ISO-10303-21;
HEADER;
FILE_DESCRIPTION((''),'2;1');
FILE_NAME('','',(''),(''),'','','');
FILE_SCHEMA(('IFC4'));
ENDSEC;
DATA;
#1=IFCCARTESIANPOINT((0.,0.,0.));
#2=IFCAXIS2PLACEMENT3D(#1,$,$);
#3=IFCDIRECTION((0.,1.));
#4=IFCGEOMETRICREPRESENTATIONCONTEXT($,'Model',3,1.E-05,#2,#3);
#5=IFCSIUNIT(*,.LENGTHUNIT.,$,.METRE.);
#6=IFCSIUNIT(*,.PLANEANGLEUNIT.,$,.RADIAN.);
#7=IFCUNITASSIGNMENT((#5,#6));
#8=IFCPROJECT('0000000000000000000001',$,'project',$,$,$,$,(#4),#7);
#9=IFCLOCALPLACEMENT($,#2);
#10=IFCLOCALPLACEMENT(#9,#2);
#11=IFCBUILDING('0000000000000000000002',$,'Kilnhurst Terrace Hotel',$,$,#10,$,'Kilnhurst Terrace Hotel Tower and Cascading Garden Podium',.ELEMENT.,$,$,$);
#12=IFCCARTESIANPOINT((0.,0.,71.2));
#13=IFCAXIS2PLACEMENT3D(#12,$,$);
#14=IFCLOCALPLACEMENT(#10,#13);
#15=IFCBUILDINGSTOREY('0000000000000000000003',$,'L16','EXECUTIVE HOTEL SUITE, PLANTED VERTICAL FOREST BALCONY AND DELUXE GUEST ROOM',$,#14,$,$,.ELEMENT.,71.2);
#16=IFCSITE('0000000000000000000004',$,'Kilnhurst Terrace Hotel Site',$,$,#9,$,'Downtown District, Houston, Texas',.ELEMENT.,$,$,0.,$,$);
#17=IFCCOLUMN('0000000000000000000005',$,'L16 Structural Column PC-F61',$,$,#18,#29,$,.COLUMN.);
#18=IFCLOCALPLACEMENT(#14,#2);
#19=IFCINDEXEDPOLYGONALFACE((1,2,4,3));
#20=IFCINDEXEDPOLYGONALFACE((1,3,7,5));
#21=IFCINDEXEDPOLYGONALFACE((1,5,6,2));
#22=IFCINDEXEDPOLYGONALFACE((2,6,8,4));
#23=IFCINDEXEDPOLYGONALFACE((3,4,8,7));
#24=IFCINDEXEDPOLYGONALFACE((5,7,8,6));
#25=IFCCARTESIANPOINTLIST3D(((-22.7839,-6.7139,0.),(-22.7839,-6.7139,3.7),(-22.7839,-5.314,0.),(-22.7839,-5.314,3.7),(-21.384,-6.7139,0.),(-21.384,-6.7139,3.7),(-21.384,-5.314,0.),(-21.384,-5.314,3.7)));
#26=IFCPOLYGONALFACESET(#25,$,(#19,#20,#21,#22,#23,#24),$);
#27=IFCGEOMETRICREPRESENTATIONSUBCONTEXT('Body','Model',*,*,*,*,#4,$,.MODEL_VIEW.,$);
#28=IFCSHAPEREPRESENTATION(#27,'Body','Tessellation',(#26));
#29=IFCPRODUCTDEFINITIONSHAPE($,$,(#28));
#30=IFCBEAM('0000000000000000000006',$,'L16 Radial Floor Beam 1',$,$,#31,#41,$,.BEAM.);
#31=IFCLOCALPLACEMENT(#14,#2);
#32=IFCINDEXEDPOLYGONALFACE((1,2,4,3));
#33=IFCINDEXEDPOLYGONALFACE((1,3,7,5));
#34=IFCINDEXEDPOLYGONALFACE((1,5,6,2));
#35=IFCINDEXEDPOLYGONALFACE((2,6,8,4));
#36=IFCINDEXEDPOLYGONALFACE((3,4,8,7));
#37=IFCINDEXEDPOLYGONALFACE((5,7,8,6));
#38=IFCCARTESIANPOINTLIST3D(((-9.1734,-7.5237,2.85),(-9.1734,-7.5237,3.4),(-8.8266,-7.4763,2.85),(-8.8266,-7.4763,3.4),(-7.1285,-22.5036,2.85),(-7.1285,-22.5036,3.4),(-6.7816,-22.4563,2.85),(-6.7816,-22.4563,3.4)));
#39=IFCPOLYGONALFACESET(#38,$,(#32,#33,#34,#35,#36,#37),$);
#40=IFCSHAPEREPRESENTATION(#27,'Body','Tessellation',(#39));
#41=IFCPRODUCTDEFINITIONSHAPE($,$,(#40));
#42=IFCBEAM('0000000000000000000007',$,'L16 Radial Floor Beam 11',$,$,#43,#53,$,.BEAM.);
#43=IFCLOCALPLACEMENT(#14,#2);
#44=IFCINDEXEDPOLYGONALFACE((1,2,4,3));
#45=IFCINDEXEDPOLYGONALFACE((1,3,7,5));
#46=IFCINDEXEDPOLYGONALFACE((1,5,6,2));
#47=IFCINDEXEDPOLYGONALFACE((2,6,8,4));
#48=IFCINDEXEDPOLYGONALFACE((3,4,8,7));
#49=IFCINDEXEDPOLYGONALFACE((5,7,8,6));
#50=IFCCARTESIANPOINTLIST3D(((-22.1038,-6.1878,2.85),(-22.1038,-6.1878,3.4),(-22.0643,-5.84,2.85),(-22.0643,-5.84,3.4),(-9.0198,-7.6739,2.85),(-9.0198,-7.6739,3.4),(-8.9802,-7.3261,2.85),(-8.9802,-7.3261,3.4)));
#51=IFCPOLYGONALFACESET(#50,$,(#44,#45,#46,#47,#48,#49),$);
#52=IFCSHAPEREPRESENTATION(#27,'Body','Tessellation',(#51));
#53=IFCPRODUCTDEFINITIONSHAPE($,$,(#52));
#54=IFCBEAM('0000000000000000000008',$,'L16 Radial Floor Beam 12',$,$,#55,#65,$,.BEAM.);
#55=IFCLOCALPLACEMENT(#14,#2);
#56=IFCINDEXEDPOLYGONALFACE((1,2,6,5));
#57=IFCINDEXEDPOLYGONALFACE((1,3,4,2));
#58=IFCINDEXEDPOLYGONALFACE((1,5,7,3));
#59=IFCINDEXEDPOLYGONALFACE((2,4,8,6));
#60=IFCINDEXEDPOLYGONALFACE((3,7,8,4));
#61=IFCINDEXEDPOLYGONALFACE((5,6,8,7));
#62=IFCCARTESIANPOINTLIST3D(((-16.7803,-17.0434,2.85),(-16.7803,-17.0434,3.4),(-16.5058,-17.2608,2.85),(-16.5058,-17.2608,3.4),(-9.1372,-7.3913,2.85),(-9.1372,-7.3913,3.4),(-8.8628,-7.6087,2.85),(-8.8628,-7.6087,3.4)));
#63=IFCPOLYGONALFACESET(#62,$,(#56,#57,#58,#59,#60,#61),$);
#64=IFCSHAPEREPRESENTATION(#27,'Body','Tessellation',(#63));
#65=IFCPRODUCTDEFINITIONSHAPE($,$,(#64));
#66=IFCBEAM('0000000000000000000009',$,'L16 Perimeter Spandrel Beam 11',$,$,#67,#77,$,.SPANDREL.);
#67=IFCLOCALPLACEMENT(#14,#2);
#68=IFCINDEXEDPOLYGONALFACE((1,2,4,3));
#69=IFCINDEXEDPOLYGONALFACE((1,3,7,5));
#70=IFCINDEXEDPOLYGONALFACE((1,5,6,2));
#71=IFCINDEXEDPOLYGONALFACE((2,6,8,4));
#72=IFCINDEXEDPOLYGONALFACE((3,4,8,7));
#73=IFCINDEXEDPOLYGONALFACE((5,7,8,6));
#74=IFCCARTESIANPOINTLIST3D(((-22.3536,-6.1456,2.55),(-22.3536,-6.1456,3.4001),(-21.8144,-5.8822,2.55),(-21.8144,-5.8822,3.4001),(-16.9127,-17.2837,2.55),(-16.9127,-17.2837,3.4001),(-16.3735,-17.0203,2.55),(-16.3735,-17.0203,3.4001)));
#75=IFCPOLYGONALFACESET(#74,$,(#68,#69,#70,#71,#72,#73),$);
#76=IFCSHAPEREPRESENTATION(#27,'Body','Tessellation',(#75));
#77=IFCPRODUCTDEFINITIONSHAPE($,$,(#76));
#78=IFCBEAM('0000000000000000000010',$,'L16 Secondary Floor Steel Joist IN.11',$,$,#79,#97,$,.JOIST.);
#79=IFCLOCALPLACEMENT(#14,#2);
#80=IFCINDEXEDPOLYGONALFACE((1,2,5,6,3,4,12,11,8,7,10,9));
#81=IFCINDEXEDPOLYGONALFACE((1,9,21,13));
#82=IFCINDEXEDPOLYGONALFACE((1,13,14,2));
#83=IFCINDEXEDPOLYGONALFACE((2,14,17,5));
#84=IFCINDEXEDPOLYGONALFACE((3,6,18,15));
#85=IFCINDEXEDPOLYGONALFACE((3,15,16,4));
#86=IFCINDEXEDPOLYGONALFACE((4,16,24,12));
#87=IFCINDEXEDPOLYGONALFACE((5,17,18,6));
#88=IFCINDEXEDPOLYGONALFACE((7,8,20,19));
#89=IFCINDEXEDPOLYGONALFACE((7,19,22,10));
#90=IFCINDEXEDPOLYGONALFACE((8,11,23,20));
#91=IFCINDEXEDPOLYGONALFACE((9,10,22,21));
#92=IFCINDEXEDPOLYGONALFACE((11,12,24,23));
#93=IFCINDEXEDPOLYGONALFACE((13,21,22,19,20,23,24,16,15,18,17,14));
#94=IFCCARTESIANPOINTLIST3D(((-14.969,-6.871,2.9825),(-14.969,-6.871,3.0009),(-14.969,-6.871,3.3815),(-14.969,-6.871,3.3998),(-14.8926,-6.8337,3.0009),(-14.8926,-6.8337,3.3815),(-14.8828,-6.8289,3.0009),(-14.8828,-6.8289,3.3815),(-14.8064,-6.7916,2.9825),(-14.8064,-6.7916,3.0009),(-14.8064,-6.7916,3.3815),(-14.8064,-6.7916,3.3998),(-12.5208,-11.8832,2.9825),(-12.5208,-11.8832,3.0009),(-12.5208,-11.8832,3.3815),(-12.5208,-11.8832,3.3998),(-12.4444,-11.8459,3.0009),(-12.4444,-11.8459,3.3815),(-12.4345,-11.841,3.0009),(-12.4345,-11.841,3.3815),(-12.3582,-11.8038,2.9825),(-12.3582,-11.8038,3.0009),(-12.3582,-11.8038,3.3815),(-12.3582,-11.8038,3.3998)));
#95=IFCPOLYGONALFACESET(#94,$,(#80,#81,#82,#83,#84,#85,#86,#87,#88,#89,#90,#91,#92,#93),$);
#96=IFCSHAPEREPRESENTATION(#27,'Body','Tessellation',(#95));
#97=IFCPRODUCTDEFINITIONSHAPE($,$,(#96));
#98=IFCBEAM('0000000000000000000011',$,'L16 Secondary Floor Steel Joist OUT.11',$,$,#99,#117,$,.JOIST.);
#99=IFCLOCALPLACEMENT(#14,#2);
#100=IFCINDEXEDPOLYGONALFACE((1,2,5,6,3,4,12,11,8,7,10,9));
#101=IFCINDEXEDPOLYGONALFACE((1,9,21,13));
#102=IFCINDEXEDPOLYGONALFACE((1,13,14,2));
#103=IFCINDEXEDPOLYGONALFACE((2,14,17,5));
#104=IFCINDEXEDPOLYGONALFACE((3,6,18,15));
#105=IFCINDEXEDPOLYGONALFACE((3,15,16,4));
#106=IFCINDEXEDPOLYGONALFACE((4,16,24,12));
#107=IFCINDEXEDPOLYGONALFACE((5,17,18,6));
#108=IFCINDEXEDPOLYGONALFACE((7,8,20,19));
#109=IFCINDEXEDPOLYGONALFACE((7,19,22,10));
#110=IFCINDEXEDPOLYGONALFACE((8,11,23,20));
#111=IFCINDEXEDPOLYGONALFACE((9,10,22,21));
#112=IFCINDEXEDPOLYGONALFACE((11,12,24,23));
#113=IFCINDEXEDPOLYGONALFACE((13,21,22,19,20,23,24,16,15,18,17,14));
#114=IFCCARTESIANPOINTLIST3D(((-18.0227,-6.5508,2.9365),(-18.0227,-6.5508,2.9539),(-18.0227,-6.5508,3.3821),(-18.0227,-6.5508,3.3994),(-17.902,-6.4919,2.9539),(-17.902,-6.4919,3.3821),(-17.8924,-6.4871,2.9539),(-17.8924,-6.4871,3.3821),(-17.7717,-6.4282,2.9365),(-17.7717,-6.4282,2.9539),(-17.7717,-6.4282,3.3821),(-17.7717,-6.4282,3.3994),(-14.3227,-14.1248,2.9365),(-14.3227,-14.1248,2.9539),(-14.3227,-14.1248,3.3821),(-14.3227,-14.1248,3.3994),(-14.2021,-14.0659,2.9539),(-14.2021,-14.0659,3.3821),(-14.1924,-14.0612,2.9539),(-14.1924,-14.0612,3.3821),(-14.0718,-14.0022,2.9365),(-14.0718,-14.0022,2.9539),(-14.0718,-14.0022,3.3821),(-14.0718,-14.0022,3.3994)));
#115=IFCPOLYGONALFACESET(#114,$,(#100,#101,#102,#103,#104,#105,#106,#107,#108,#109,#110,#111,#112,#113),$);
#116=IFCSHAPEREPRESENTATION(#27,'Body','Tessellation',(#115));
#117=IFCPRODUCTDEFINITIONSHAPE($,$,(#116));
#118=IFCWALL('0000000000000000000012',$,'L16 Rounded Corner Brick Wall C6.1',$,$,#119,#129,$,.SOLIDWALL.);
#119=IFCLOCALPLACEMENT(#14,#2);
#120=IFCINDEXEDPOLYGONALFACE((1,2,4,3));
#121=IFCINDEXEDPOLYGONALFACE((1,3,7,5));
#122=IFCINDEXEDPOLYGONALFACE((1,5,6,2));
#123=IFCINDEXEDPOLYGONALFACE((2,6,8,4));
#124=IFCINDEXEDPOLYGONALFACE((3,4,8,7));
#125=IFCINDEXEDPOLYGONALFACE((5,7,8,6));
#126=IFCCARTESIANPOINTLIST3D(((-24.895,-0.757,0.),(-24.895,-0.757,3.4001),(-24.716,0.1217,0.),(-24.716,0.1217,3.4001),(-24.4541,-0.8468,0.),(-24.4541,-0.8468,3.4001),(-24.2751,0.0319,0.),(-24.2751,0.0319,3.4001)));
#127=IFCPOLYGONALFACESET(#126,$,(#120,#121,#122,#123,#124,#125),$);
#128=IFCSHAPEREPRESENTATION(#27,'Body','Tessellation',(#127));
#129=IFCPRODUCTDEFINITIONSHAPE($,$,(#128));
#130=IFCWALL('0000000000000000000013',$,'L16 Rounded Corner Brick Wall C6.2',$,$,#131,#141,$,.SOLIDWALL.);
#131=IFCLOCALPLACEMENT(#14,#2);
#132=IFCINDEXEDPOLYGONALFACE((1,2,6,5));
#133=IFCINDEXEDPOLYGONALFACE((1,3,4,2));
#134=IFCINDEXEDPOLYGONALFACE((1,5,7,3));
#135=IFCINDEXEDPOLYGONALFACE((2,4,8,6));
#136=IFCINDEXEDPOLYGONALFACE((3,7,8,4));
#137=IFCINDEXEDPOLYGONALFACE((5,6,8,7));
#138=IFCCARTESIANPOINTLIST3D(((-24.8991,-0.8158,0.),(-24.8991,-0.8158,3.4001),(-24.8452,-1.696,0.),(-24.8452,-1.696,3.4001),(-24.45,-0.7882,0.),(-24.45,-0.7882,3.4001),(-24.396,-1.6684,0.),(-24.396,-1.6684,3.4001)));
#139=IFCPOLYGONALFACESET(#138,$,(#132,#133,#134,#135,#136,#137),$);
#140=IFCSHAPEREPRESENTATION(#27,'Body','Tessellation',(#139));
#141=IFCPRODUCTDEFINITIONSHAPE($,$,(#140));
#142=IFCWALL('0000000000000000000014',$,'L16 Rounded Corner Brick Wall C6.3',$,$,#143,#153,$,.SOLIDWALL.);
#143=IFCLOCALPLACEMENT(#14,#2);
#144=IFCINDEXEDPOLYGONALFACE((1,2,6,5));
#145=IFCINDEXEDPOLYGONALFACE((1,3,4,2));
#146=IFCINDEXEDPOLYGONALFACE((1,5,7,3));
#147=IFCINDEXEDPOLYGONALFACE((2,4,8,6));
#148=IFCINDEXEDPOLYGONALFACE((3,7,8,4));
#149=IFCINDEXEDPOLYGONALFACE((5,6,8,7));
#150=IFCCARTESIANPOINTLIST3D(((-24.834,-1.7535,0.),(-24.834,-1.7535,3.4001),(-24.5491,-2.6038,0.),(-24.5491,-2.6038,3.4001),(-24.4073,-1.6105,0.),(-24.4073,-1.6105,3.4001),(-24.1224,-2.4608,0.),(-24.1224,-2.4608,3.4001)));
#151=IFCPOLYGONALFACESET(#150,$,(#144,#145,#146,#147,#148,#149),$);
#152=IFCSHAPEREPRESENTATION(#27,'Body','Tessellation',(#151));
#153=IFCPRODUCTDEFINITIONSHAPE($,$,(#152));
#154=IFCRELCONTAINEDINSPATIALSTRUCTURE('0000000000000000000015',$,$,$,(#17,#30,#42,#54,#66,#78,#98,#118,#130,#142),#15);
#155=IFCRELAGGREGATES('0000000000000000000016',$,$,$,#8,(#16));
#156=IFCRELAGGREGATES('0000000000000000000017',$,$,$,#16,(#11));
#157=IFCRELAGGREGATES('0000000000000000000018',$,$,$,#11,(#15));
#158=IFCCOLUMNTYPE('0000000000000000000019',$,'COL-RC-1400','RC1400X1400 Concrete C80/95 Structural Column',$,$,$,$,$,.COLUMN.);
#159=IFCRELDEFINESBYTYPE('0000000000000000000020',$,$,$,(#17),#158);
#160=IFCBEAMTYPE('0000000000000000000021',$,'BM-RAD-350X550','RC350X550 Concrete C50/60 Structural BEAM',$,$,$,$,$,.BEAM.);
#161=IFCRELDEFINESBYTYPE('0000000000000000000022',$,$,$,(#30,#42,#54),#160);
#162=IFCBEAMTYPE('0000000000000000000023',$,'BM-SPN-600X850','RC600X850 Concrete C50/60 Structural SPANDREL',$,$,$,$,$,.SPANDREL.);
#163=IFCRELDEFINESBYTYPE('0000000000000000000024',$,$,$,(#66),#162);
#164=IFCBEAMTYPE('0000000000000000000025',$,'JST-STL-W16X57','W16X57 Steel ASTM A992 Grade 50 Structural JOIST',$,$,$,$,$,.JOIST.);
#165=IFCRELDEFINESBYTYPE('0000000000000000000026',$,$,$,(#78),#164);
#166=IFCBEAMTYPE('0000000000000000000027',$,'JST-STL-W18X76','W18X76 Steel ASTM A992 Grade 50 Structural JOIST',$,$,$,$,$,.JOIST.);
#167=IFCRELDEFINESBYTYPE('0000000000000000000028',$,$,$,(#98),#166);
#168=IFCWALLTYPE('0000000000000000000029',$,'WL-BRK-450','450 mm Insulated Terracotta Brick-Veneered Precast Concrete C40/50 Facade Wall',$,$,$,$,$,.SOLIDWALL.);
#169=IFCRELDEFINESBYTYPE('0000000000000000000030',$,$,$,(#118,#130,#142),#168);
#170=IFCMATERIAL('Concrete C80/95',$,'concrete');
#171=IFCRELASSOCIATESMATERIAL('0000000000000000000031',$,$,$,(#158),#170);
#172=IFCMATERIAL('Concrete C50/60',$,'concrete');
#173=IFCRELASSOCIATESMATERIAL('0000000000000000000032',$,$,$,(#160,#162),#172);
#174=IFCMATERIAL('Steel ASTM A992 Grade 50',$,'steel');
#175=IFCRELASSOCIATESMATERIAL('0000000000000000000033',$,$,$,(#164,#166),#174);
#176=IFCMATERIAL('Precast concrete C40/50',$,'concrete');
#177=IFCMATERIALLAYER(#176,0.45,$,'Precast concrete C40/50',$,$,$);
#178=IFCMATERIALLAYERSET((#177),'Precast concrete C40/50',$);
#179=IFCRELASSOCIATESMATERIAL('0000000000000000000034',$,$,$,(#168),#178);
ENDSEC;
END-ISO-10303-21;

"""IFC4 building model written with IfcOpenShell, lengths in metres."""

from ifc_helpers import new_model, si_unit, direction, frame, frame_2d, origin, origin_2d, place, context, subcontext, project, spatial, rectangle, i_section, extrude, material, layer, layer_set, material_profile, profile_set, type_object, element, save


model = new_model("IFC4")

# Units and contexts
model_context = context("Model", 3, precision=1e-05, world=origin(), true_north=direction((0.0, 1.0)))
body_context = subcontext(model_context, "Body", "Model", "MODEL_VIEW")
ifc_project = project(units=[si_unit("LENGTHUNIT", "METRE"), si_unit("PLANEANGLEUNIT", "RADIAN")], contexts=[model_context])

# Site, building, storey
site_placement = place(None, origin())
site = spatial("IfcSite", under=ifc_project, at=site_placement, Name="Kilnhurst Terrace Hotel Site", LongName="Downtown District, Houston, Texas", CompositionType="ELEMENT", RefElevation=0.0)
building_placement = place(site_placement, origin())
building = spatial("IfcBuilding", under=site, at=building_placement, Name="Kilnhurst Terrace Hotel", LongName="Kilnhurst Terrace Hotel Tower and Cascading Garden Podium", CompositionType="ELEMENT")
storey_placement = place(building_placement, frame((0.0, 0.0, 71.2)))
storey = spatial("IfcBuildingStorey", under=building, at=storey_placement, Name="L16", Description="EXECUTIVE HOTEL SUITE, PLANTED VERTICAL FOREST BALCONY AND DELUXE GUEST ROOM", CompositionType="ELEMENT", Elevation=71.2)

# Column
ifc_material_1 = material(Name="Concrete C80/95", Category="concrete")
ifc_material_profile_1 = material_profile(ifc_material_1, rectangle(XDim=1.3999, YDim=1.3999, at=origin_2d()), Name="RC1400X1400")
ifc_profile_set_1 = profile_set([ifc_material_profile_1], Name="Concrete C80/95")
column_type = type_object("IfcColumnType", Name="COL-RC-1400", Description="RC1400X1400 Concrete C80/95 Structural Column", PredefinedType="COLUMN", material=ifc_profile_set_1)
column_placement = place(storey_placement, frame((-22.084, -6.0139, 0.0), z_axis=(0.0, 0.0, 1.0), x_axis=(1.0, 0.0, 0.0)))
element("IfcColumn", 1, at=column_placement, inside=storey, type_object=column_type, Name="L16 Structural Column PC-F61", PredefinedType="COLUMN", context=body_context, shape_type="SweptSolid", body=[
    extrude(rectangle(XDim=1.3999, YDim=1.3999, at=origin_2d()), origin(), (0.0, 0.0, 1.0), 3.7),
])

# Beams
ifc_material_2 = material(Name="Concrete C50/60", Category="concrete")
ifc_material_profile_2 = material_profile(ifc_material_2, rectangle(XDim=0.3501, YDim=0.55, at=origin_2d()), Name="RC350X550")
ifc_profile_set_2 = profile_set([ifc_material_profile_2], Name="Concrete C50/60")
beam_type_1 = type_object("IfcBeamType", Name="BM-RAD-350X550", Description="RC350X550 Concrete C50/60 Structural BEAM", PredefinedType="BEAM", material=ifc_profile_set_2)
beam_1_placement = place(storey_placement, frame((-9.0, -7.5, 3.125), z_axis=(0.135256, -0.990811, 0.0), x_axis=(0.990811, 0.135256, 0.0)))
element("IfcBeam", 2, at=beam_1_placement, inside=storey, type_object=beam_type_1, Name="L16 Radial Floor Beam 1", PredefinedType="BEAM", context=body_context, shape_type="SweptSolid", body=[
    extrude(rectangle(XDim=0.3501, YDim=0.55, at=origin_2d()), origin(), (0.0, 0.0, 1.0), 15.1189),
])
beam_2_placement = place(storey_placement, frame((-9.0, -7.5, 3.125), z_axis=(-0.993611, 0.112855, 0.0), x_axis=(-0.112855, -0.993611, 0.0)))
element("IfcBeam", 3, at=beam_2_placement, inside=storey, type_object=beam_type_1, Name="L16 Radial Floor Beam 11", PredefinedType="BEAM", context=body_context, shape_type="SweptSolid", body=[
    extrude(rectangle(XDim=0.3501, YDim=0.55, at=origin_2d()), origin(), (0.0, 0.0, 1.0), 13.1682),
])
beam_3_placement = place(storey_placement, frame((-9.0, -7.5, 3.125), z_axis=(-0.620794, -0.783974, 0.0), x_axis=(0.783974, -0.620794, 0.0)))
element("IfcBeam", 4, at=beam_3_placement, inside=storey, type_object=beam_type_1, Name="L16 Radial Floor Beam 12", PredefinedType="BEAM", context=body_context, shape_type="SweptSolid", body=[
    extrude(rectangle(XDim=0.3501, YDim=0.55, at=origin_2d()), origin(), (0.0, 0.0, 1.0), 12.3118),
])
ifc_material_profile_3 = material_profile(ifc_material_2, rectangle(XDim=0.6001, YDim=0.8501, at=origin_2d()), Name="RC600X850")
ifc_profile_set_3 = profile_set([ifc_material_profile_3], Name="Concrete C50/60")
beam_type_2 = type_object("IfcBeamType", Name="BM-SPN-600X850", Description="RC600X850 Concrete C50/60 Structural SPANDREL", PredefinedType="SPANDREL", material=ifc_profile_set_3)
beam_4_placement = place(storey_placement, frame((-22.084, -6.0139, 2.9751), z_axis=(0.438923, -0.898525, 0.0), x_axis=(0.898525, 0.438923, 0.0)))
element("IfcBeam", 5, at=beam_4_placement, inside=storey, type_object=beam_type_2, Name="L16 Perimeter Spandrel Beam 11", PredefinedType="SPANDREL", context=body_context, shape_type="SweptSolid", body=[
    extrude(rectangle(XDim=0.6001, YDim=0.8501, at=origin_2d()), origin(), (0.0, 0.0, 1.0), 12.396),
])
ifc_material_3 = material(Name="Steel ASTM A992 Grade 50", Category="steel")
ifc_material_profile_4 = material_profile(ifc_material_3, i_section(OverallWidth=0.1809, OverallDepth=0.4172, WebThickness=0.011, FlangeThickness=0.0183, at=origin_2d()), Name="W16X57")
ifc_profile_set_4 = profile_set([ifc_material_profile_4], Name="Steel ASTM A992 Grade 50")
beam_type_3 = type_object("IfcBeamType", Name="JST-STL-W16X57", Description="W16X57 Steel ASTM A992 Grade 50 Structural JOIST", PredefinedType="JOIST", material=ifc_profile_set_4)
beam_5_placement = place(storey_placement, frame((-14.8877, -6.8313, 3.1912), z_axis=(0.438896, -0.898538, 0.0), x_axis=(0.898538, 0.438896, 0.0)))
element("IfcBeam", 6, at=beam_5_placement, inside=storey, type_object=beam_type_3, Name="L16 Secondary Floor Steel Joist IN.11", PredefinedType="JOIST", context=body_context, shape_type="SweptSolid", body=[
    extrude(i_section(OverallWidth=0.1809, OverallDepth=0.4172, WebThickness=0.011, FlangeThickness=0.0183, at=origin_2d()), origin(), (0.0, 0.0, 1.0), 5.5781),
])
ifc_material_profile_5 = material_profile(ifc_material_3, i_section(OverallWidth=0.2793, OverallDepth=0.4629, WebThickness=0.0107, FlangeThickness=0.0173, at=origin_2d()), Name="W18X76")
ifc_profile_set_5 = profile_set([ifc_material_profile_5], Name="Steel ASTM A992 Grade 50")
beam_type_4 = type_object("IfcBeamType", Name="JST-STL-W18X76", Description="W18X76 Steel ASTM A992 Grade 50 Structural JOIST", PredefinedType="JOIST", material=ifc_profile_set_5)
beam_6_placement = place(storey_placement, frame((-17.8972, -6.4895, 3.168), z_axis=(0.438934, -0.898519, 0.0), x_axis=(0.898519, 0.438934, 0.0)))
element("IfcBeam", 7, at=beam_6_placement, inside=storey, type_object=beam_type_4, Name="L16 Secondary Floor Steel Joist OUT.11", PredefinedType="JOIST", context=body_context, shape_type="SweptSolid", body=[
    extrude(i_section(OverallWidth=0.2793, OverallDepth=0.4629, WebThickness=0.0107, FlangeThickness=0.0173, at=origin_2d()), origin(), (0.0, 0.0, 1.0), 8.4294),
])

# Walls
ifc_material_4 = material(Name="Precast concrete C40/50", Category="concrete")
ifc_layer_1 = layer(ifc_material_4, 0.45, Name="Precast concrete C40/50")
ifc_layer_set_1 = layer_set([ifc_layer_1], Name="Precast concrete C40/50")
wall_type_1 = type_object("IfcWallType", Name="WL-BRK-450", Description="450 mm Insulated Terracotta Brick-Veneered Precast Concrete C40/50 Facade Wall", PredefinedType="SOLIDWALL", material=ifc_layer_set_1)
wall_1_placement = place(storey_placement, frame((-24.4956, 0.0767, 0.0), z_axis=(0.0, 0.0, 1.0), x_axis=(-0.199571, -0.979883, 0.0)))
element("IfcWall", 8, at=wall_1_placement, inside=storey, type_object=wall_type_1, Name="L16 Rounded Corner Brick Wall C6.1", PredefinedType="SOLIDWALL", context=body_context, shape_type="SweptSolid", body=[
    extrude(rectangle(XDim=0.8967, YDim=0.45, at=frame_2d((0.4482, 0.0))), origin(), (0.0, 0.0, 1.0), 3.4001),
])
wall_2_placement = place(storey_placement, frame((-24.6746, -0.802, 0.0), z_axis=(0.0, 0.0, 1.0), x_axis=(0.061189, -0.998126, 0.0)))
element("IfcWall", 9, at=wall_2_placement, inside=storey, type_object=wall_type_1, Name="L16 Rounded Corner Brick Wall C6.2", PredefinedType="SOLIDWALL", context=body_context, shape_type="SweptSolid", body=[
    extrude(rectangle(XDim=0.8818, YDim=0.45, at=frame_2d((0.4409, 0.0))), origin(), (0.0, 0.0, 1.0), 3.4001),
])
wall_3_placement = place(storey_placement, frame((-24.6206, -1.6821, 0.0), z_axis=(0.0, 0.0, 1.0), x_axis=(0.317697, -0.948192, 0.0)))
element("IfcWall", 10, at=wall_3_placement, inside=storey, type_object=wall_type_1, Name="L16 Rounded Corner Brick Wall C6.3", PredefinedType="SOLIDWALL", context=body_context, shape_type="SweptSolid", body=[
    extrude(rectangle(XDim=0.8967, YDim=0.45, at=frame_2d((0.4482, 0.0))), origin(), (0.0, 0.0, 1.0), 3.4001),
])

save(model, "model.ifc")
